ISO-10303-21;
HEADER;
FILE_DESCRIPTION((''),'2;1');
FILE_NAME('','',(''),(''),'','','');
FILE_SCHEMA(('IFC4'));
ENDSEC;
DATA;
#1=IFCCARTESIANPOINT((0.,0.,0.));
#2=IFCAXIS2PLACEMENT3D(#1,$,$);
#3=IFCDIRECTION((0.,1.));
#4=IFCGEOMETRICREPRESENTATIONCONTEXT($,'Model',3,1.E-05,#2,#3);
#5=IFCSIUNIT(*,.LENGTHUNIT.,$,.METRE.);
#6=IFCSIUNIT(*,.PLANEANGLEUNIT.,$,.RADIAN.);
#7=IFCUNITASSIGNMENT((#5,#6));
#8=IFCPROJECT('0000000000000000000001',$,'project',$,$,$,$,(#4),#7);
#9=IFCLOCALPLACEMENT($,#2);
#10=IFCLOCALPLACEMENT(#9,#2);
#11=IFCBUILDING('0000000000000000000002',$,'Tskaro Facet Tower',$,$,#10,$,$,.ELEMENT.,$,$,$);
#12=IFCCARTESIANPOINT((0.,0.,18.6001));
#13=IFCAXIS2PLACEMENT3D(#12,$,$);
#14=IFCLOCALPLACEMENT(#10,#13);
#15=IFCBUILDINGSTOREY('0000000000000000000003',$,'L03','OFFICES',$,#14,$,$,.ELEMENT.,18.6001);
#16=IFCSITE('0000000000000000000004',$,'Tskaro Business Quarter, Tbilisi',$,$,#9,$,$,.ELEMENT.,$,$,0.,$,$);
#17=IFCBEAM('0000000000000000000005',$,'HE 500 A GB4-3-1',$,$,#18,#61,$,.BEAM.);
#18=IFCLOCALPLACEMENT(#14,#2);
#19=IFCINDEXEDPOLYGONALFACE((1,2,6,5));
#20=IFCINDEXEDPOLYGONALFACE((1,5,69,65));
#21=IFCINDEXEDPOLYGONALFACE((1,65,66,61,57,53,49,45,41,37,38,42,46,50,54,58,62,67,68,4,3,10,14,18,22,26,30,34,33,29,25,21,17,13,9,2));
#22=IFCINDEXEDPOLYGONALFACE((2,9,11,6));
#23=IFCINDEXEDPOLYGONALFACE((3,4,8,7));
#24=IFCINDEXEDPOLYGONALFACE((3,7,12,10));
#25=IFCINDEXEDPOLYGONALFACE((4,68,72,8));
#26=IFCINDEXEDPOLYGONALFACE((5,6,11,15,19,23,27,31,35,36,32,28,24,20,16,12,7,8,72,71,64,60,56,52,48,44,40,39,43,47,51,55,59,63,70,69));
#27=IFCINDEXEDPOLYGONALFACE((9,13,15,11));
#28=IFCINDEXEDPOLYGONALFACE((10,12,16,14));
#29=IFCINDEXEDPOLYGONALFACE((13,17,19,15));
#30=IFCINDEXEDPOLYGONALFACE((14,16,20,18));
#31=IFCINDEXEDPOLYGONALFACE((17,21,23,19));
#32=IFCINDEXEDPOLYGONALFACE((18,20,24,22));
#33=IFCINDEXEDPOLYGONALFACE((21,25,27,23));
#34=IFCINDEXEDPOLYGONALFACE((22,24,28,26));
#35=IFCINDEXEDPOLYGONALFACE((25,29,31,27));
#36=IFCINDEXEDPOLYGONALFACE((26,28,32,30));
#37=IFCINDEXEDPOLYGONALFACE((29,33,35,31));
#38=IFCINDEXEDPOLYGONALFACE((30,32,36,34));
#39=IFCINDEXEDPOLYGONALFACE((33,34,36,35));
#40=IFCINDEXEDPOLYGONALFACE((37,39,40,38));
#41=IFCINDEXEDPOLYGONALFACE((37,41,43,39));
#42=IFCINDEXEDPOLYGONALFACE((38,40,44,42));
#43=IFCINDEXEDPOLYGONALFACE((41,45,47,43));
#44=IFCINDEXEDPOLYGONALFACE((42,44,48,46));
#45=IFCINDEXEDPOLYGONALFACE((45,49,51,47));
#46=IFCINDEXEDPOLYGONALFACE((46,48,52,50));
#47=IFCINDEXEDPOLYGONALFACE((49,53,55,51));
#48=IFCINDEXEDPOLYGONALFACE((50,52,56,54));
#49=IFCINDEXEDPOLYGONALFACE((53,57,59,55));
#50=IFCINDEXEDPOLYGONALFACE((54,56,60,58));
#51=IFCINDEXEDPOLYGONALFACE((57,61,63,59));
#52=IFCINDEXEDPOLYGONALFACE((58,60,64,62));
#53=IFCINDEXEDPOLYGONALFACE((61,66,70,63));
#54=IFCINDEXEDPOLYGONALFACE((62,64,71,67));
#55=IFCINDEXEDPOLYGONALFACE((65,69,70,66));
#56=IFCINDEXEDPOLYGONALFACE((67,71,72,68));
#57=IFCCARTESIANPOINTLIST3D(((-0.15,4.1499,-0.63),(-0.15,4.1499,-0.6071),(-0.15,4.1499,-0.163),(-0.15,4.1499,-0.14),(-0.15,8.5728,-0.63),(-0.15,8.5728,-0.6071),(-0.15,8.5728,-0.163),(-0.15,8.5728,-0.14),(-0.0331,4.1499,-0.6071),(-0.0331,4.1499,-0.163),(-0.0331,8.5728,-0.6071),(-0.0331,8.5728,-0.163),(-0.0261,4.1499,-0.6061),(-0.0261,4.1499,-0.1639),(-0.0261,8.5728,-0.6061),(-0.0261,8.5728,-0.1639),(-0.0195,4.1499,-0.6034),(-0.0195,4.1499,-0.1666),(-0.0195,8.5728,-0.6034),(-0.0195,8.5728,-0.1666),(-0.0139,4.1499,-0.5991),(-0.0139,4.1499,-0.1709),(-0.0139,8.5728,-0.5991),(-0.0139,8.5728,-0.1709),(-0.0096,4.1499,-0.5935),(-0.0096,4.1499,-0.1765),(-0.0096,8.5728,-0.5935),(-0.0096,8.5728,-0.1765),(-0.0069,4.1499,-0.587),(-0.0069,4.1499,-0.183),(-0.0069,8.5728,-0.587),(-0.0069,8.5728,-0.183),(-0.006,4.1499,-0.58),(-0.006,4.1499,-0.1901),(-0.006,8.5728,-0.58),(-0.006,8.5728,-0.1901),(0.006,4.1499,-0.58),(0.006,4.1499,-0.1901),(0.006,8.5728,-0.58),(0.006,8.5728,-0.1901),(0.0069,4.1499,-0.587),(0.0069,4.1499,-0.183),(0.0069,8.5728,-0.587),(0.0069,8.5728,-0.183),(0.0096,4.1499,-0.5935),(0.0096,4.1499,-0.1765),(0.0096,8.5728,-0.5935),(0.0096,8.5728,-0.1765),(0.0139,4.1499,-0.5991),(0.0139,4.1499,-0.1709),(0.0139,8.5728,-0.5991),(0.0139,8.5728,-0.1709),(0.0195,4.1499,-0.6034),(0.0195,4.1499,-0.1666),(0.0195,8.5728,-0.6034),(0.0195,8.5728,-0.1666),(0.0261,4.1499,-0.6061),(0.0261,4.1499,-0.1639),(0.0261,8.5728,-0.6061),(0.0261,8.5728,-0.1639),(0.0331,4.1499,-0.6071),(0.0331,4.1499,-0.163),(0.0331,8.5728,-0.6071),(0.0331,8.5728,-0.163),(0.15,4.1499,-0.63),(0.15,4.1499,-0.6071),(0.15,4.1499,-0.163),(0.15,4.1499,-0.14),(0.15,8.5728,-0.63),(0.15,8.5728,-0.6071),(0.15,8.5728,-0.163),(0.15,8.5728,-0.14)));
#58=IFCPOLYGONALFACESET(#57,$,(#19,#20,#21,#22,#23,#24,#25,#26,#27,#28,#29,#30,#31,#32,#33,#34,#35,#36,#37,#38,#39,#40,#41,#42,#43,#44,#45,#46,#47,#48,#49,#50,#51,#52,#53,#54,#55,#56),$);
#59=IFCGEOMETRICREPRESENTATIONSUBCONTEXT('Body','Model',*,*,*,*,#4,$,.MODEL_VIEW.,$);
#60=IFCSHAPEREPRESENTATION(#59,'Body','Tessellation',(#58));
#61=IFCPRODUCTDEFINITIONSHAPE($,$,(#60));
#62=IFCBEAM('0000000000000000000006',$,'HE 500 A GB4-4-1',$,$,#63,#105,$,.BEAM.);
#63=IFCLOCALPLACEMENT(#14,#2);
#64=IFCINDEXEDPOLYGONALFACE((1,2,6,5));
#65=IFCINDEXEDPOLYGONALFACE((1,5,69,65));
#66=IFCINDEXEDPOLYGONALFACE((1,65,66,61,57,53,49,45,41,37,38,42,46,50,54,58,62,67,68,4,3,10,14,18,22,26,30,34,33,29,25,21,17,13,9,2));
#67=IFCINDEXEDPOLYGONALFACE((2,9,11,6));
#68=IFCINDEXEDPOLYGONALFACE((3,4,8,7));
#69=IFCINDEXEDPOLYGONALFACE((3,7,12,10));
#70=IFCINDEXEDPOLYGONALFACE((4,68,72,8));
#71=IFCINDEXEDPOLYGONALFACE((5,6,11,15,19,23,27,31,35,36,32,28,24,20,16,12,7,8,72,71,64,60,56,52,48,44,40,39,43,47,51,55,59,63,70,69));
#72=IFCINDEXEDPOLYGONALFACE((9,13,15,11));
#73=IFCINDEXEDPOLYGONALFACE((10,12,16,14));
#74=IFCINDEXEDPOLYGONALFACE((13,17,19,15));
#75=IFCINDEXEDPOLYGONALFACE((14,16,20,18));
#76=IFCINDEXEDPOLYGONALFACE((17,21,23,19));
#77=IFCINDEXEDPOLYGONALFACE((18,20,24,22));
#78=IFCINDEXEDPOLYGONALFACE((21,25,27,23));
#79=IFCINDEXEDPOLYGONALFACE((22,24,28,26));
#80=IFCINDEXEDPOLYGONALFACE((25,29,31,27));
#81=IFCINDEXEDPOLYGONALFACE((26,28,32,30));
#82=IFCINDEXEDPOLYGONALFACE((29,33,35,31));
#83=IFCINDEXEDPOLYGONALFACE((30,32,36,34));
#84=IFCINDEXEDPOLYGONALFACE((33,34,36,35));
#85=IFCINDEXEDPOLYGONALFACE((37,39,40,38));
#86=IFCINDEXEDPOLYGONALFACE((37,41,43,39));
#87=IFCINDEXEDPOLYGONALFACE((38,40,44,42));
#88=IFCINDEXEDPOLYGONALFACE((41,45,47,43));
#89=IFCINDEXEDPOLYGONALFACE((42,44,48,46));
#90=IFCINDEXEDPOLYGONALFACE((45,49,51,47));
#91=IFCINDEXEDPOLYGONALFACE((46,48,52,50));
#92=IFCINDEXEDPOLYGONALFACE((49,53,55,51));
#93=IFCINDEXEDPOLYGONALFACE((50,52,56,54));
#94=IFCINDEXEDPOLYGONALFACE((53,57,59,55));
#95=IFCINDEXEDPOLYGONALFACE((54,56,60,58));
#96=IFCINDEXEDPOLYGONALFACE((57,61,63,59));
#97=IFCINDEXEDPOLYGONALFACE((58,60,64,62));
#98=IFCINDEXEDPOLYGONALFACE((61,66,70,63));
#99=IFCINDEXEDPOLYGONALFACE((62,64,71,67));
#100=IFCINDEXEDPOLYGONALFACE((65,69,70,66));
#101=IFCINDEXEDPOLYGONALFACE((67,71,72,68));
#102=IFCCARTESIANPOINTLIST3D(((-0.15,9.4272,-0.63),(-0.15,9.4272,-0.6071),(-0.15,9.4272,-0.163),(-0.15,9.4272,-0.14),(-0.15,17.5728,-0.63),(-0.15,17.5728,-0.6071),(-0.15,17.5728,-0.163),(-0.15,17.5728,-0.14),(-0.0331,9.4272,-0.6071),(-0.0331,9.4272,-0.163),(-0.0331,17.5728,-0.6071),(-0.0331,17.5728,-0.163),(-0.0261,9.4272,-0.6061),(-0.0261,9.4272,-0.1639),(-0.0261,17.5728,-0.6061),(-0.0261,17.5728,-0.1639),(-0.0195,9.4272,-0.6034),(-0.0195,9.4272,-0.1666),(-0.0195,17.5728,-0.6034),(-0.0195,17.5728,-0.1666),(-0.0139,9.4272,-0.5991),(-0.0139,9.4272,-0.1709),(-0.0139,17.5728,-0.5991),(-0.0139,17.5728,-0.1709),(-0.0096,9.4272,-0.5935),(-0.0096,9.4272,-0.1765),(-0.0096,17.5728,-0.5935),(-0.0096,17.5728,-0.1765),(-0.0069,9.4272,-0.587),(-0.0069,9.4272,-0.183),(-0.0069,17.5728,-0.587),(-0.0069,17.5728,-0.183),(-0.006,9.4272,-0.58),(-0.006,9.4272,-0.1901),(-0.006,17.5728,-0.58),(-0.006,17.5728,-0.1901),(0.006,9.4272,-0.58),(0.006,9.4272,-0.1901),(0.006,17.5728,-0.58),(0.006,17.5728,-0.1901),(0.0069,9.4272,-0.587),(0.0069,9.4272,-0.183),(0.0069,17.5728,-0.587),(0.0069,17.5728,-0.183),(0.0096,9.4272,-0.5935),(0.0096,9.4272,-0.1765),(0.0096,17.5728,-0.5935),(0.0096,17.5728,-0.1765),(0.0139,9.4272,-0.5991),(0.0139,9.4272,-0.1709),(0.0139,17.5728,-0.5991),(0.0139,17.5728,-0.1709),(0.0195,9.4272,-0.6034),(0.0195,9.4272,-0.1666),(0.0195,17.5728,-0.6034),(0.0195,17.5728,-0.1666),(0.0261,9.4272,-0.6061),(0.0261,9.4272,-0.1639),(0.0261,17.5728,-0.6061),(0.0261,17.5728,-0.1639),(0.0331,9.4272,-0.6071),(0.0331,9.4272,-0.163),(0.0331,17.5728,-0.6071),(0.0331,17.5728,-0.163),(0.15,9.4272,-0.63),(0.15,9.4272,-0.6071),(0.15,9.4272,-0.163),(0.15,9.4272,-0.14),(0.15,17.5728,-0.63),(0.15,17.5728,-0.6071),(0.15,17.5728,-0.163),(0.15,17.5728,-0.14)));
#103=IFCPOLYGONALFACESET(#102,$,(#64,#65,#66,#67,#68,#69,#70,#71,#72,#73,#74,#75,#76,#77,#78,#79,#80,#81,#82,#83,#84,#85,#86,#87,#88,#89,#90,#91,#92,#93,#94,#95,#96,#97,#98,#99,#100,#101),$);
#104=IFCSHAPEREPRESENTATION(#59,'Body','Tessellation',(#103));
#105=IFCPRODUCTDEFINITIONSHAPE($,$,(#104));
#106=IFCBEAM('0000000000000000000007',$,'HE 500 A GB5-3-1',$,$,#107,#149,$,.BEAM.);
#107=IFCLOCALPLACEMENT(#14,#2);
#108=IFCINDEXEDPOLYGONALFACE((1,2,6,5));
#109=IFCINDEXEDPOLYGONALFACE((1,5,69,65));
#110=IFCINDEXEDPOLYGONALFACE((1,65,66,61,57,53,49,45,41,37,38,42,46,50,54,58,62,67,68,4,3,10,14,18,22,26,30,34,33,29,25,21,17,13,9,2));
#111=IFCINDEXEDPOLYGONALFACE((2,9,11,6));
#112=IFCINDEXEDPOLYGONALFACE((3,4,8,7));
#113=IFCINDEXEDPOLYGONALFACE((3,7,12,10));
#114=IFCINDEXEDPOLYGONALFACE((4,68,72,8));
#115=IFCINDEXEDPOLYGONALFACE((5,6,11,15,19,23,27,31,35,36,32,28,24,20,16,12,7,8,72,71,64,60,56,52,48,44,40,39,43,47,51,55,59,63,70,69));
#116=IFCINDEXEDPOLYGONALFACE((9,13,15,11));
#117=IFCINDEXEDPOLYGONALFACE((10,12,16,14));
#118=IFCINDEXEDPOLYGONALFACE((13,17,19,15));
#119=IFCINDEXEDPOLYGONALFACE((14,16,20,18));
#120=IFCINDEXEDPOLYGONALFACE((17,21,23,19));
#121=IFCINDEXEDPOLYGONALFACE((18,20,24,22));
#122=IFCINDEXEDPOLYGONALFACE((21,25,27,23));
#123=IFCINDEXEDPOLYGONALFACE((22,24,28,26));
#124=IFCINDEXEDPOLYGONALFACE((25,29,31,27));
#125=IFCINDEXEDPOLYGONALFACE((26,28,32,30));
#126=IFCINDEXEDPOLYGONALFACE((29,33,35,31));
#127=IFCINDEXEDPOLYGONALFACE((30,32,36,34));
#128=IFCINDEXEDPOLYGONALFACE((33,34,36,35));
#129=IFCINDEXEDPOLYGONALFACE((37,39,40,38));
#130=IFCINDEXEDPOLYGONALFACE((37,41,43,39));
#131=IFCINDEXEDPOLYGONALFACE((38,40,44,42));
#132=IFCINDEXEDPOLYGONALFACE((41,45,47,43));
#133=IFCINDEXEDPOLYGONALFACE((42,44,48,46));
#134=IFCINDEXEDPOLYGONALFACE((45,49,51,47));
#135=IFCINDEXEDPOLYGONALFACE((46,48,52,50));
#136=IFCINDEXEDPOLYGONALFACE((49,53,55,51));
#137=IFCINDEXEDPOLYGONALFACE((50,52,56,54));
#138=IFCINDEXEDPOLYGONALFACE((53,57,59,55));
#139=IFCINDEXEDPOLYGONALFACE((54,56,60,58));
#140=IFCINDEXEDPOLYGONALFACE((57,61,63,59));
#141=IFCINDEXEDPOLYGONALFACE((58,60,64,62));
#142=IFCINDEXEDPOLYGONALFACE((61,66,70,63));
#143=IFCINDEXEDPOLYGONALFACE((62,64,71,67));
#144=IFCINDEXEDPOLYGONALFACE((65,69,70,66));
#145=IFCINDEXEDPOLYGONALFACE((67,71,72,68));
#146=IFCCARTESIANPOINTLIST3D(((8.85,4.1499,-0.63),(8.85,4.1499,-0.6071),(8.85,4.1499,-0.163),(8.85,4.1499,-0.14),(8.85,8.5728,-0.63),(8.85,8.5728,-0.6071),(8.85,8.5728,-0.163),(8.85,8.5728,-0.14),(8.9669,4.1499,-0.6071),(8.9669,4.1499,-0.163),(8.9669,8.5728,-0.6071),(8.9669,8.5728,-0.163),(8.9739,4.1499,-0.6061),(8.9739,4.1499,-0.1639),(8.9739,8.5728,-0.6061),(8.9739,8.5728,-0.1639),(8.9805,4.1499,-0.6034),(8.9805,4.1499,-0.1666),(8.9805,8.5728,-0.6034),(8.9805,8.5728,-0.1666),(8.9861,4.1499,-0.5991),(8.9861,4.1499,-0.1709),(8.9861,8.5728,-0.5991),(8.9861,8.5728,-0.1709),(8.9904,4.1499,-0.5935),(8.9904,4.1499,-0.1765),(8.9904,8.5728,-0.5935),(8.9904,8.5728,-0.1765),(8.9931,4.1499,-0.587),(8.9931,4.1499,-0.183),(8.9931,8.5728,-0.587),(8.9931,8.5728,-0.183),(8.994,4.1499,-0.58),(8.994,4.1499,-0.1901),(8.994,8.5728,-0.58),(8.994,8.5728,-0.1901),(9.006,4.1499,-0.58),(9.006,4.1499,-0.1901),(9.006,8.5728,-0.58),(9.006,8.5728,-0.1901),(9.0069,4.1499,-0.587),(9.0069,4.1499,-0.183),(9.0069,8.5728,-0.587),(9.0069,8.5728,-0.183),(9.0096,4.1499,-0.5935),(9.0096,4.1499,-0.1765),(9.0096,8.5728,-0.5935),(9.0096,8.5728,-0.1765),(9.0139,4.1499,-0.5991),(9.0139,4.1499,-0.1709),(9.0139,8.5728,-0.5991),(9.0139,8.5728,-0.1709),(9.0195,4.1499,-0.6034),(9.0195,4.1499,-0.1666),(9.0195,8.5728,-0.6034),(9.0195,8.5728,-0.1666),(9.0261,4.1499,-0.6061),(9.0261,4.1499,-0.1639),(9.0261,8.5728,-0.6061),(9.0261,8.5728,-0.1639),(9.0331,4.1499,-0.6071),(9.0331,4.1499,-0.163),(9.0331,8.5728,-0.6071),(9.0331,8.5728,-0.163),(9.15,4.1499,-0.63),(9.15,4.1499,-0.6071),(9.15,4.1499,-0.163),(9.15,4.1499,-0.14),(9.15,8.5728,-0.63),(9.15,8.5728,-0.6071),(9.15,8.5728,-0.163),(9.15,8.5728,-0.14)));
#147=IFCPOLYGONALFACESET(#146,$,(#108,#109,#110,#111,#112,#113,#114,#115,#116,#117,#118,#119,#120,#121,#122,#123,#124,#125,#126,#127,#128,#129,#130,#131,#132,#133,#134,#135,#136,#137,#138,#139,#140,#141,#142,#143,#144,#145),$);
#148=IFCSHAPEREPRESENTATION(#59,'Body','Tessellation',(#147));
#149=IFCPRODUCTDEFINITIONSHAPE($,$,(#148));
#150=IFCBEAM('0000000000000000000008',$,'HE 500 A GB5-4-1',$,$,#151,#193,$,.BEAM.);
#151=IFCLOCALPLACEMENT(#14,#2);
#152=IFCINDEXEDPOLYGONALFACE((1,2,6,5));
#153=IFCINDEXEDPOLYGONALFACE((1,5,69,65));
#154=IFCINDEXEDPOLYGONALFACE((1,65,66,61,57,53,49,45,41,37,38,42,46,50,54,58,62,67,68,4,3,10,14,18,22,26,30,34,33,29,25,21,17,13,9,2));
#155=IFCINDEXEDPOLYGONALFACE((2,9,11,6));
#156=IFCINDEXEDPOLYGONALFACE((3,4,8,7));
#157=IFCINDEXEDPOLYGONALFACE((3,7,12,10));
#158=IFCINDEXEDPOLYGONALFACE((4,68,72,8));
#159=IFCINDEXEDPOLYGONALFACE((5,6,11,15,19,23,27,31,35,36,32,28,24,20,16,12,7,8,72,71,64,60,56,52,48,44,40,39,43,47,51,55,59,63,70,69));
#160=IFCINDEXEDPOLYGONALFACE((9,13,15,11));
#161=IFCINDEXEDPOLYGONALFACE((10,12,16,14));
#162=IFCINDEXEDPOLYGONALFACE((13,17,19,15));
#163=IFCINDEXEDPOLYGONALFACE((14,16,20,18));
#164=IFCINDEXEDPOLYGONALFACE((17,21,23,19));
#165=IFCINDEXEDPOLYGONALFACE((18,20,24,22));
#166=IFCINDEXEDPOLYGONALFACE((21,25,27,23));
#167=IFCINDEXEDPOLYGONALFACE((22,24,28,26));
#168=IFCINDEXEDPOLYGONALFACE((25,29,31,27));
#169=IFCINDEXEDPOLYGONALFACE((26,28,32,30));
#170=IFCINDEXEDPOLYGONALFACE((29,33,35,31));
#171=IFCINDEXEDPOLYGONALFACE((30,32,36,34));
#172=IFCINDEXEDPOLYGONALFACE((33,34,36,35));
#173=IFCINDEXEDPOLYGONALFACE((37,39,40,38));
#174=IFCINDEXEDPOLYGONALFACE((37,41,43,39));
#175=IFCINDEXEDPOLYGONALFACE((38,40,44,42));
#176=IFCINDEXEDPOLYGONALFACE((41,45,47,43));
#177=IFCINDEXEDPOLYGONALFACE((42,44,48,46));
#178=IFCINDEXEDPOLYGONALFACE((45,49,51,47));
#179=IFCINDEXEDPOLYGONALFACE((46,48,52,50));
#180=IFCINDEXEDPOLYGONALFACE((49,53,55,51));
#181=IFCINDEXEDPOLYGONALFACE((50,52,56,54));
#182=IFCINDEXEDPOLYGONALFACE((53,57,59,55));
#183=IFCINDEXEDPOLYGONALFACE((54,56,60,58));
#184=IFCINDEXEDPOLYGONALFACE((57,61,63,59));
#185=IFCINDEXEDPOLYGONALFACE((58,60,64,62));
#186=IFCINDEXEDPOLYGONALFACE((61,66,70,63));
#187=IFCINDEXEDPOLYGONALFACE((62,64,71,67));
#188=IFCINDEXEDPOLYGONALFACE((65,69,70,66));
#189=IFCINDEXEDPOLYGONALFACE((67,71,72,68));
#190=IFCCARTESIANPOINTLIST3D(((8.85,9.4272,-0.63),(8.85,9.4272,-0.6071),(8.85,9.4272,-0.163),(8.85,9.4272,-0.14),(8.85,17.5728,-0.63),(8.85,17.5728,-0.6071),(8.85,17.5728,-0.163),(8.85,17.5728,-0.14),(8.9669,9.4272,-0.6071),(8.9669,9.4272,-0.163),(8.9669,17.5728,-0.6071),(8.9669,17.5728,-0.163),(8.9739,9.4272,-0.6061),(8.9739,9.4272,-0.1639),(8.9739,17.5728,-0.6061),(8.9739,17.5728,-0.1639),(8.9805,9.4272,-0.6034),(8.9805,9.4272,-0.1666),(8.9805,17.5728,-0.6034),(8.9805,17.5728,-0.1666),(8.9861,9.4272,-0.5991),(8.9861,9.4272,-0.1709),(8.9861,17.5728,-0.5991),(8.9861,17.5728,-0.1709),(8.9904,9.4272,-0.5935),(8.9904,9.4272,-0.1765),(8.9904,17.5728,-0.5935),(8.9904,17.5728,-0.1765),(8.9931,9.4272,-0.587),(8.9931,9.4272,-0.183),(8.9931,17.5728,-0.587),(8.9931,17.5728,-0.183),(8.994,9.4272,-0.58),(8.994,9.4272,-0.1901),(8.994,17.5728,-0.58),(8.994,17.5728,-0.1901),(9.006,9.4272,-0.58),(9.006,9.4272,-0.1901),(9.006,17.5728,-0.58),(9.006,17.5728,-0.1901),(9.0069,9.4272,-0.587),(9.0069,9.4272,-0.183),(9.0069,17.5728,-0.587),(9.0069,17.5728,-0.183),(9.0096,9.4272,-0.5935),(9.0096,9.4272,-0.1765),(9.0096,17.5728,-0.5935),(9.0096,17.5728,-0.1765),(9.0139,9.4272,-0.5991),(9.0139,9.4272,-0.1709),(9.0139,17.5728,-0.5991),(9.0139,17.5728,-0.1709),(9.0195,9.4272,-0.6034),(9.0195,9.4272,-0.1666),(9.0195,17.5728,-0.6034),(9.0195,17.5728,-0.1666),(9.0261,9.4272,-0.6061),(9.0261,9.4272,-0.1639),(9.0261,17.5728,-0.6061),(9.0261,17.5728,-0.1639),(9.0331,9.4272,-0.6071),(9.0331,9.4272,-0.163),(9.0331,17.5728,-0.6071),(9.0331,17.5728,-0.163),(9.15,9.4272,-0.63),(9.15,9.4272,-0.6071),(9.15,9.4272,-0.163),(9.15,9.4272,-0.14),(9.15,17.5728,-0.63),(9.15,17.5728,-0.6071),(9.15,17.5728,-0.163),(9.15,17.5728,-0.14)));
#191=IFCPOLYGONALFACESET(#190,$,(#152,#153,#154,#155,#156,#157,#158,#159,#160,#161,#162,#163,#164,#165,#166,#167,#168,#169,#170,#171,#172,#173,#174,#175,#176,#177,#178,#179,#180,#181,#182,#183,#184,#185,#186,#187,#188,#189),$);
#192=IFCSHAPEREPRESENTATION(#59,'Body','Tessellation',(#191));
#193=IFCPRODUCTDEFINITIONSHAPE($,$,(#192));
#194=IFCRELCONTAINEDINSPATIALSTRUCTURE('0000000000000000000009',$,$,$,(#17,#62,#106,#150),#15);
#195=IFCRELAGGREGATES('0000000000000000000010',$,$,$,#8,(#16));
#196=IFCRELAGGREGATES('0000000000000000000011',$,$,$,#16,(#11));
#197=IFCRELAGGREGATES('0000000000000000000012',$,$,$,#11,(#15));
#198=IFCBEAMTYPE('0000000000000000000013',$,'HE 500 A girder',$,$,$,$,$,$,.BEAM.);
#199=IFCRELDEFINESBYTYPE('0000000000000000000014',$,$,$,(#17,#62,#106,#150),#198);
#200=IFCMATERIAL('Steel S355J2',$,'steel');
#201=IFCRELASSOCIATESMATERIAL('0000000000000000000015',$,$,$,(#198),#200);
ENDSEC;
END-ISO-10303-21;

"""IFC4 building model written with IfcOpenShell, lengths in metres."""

from ifc_helpers import new_model, si_unit, direction, frame, origin, origin_2d, place, context, subcontext, project, spatial, i_section, extrude, material, material_profile, profile_set, type_object, element, save


model = new_model("IFC4")

# Units and contexts
model_context = context("Model", 3, precision=1e-05, world=origin(), true_north=direction((0.0, 1.0)))
body_context = subcontext(model_context, "Body", "Model", "MODEL_VIEW")
ifc_project = project(units=[si_unit("LENGTHUNIT", "METRE"), si_unit("PLANEANGLEUNIT", "RADIAN")], contexts=[model_context])

# Site, building, storey
site_placement = place(None, origin())
site = spatial("IfcSite", under=ifc_project, at=site_placement, Name="Tskaro Business Quarter, Tbilisi", CompositionType="ELEMENT", RefElevation=0.0)
building_placement = place(site_placement, origin())
building = spatial("IfcBuilding", under=site, at=building_placement, Name="Tskaro Facet Tower", CompositionType="ELEMENT")
storey_placement = place(building_placement, frame((0.0, 0.0, 18.6001)))
storey = spatial("IfcBuildingStorey", under=building, at=storey_placement, Name="L03", Description="OFFICES", CompositionType="ELEMENT", Elevation=18.6001)

# Beams
ifc_material_1 = material(Name="Steel S355J2", Category="steel")
ifc_material_profile_1 = material_profile(ifc_material_1, i_section(OverallWidth=0.3, OverallDepth=0.49, WebThickness=0.012, FlangeThickness=0.0229, FilletRadius=0.0271, at=origin_2d()), Name="HE 500 A")
ifc_profile_set_1 = profile_set([ifc_material_profile_1], Name="Steel S355J2")
beam_type_1 = type_object("IfcBeamType", Name="HE 500 A girder", PredefinedType="BEAM", material=ifc_profile_set_1)
beam_1_placement = place(storey_placement, frame((0.0, 4.1499, -0.385), z_axis=(0.0, 1.0, 0.0), x_axis=(-1.0, 0.0, 0.0)))
element("IfcBeam", 1, at=beam_1_placement, inside=storey, type_object=beam_type_1, Name="HE 500 A GB4-3-1", PredefinedType="BEAM", context=body_context, shape_type="SweptSolid", body=[
    extrude(i_section(OverallWidth=0.3, OverallDepth=0.49, WebThickness=0.012, FlangeThickness=0.0229, FilletRadius=0.0271, at=origin_2d()), origin(), (0.0, 0.0, 1.0), 4.4229),
])
beam_2_placement = place(storey_placement, frame((0.0, 9.4272, -0.385), z_axis=(0.0, 1.0, 0.0), x_axis=(-1.0, 0.0, 0.0)))
element("IfcBeam", 2, at=beam_2_placement, inside=storey, type_object=beam_type_1, Name="HE 500 A GB4-4-1", PredefinedType="BEAM", context=body_context, shape_type="SweptSolid", body=[
    extrude(i_section(OverallWidth=0.3, OverallDepth=0.49, WebThickness=0.012, FlangeThickness=0.0229, FilletRadius=0.0271, at=origin_2d()), origin(), (0.0, 0.0, 1.0), 8.1455),
])
beam_3_placement = place(storey_placement, frame((9.0, 4.1499, -0.385), z_axis=(0.0, 1.0, 0.0), x_axis=(-1.0, 0.0, 0.0)))
element("IfcBeam", 3, at=beam_3_placement, inside=storey, type_object=beam_type_1, Name="HE 500 A GB5-3-1", PredefinedType="BEAM", context=body_context, shape_type="SweptSolid", body=[
    extrude(i_section(OverallWidth=0.3, OverallDepth=0.49, WebThickness=0.012, FlangeThickness=0.0229, FilletRadius=0.0271, at=origin_2d()), origin(), (0.0, 0.0, 1.0), 4.4229),
])
beam_4_placement = place(storey_placement, frame((9.0, 9.4272, -0.385), z_axis=(0.0, 1.0, 0.0), x_axis=(-1.0, 0.0, 0.0)))
element("IfcBeam", 4, at=beam_4_placement, inside=storey, type_object=beam_type_1, Name="HE 500 A GB5-4-1", PredefinedType="BEAM", context=body_context, shape_type="SweptSolid", body=[
    extrude(i_section(OverallWidth=0.3, OverallDepth=0.49, WebThickness=0.012, FlangeThickness=0.0229, FilletRadius=0.0271, at=origin_2d()), origin(), (0.0, 0.0, 1.0), 8.1455),
])

save(model, "model.ifc")
